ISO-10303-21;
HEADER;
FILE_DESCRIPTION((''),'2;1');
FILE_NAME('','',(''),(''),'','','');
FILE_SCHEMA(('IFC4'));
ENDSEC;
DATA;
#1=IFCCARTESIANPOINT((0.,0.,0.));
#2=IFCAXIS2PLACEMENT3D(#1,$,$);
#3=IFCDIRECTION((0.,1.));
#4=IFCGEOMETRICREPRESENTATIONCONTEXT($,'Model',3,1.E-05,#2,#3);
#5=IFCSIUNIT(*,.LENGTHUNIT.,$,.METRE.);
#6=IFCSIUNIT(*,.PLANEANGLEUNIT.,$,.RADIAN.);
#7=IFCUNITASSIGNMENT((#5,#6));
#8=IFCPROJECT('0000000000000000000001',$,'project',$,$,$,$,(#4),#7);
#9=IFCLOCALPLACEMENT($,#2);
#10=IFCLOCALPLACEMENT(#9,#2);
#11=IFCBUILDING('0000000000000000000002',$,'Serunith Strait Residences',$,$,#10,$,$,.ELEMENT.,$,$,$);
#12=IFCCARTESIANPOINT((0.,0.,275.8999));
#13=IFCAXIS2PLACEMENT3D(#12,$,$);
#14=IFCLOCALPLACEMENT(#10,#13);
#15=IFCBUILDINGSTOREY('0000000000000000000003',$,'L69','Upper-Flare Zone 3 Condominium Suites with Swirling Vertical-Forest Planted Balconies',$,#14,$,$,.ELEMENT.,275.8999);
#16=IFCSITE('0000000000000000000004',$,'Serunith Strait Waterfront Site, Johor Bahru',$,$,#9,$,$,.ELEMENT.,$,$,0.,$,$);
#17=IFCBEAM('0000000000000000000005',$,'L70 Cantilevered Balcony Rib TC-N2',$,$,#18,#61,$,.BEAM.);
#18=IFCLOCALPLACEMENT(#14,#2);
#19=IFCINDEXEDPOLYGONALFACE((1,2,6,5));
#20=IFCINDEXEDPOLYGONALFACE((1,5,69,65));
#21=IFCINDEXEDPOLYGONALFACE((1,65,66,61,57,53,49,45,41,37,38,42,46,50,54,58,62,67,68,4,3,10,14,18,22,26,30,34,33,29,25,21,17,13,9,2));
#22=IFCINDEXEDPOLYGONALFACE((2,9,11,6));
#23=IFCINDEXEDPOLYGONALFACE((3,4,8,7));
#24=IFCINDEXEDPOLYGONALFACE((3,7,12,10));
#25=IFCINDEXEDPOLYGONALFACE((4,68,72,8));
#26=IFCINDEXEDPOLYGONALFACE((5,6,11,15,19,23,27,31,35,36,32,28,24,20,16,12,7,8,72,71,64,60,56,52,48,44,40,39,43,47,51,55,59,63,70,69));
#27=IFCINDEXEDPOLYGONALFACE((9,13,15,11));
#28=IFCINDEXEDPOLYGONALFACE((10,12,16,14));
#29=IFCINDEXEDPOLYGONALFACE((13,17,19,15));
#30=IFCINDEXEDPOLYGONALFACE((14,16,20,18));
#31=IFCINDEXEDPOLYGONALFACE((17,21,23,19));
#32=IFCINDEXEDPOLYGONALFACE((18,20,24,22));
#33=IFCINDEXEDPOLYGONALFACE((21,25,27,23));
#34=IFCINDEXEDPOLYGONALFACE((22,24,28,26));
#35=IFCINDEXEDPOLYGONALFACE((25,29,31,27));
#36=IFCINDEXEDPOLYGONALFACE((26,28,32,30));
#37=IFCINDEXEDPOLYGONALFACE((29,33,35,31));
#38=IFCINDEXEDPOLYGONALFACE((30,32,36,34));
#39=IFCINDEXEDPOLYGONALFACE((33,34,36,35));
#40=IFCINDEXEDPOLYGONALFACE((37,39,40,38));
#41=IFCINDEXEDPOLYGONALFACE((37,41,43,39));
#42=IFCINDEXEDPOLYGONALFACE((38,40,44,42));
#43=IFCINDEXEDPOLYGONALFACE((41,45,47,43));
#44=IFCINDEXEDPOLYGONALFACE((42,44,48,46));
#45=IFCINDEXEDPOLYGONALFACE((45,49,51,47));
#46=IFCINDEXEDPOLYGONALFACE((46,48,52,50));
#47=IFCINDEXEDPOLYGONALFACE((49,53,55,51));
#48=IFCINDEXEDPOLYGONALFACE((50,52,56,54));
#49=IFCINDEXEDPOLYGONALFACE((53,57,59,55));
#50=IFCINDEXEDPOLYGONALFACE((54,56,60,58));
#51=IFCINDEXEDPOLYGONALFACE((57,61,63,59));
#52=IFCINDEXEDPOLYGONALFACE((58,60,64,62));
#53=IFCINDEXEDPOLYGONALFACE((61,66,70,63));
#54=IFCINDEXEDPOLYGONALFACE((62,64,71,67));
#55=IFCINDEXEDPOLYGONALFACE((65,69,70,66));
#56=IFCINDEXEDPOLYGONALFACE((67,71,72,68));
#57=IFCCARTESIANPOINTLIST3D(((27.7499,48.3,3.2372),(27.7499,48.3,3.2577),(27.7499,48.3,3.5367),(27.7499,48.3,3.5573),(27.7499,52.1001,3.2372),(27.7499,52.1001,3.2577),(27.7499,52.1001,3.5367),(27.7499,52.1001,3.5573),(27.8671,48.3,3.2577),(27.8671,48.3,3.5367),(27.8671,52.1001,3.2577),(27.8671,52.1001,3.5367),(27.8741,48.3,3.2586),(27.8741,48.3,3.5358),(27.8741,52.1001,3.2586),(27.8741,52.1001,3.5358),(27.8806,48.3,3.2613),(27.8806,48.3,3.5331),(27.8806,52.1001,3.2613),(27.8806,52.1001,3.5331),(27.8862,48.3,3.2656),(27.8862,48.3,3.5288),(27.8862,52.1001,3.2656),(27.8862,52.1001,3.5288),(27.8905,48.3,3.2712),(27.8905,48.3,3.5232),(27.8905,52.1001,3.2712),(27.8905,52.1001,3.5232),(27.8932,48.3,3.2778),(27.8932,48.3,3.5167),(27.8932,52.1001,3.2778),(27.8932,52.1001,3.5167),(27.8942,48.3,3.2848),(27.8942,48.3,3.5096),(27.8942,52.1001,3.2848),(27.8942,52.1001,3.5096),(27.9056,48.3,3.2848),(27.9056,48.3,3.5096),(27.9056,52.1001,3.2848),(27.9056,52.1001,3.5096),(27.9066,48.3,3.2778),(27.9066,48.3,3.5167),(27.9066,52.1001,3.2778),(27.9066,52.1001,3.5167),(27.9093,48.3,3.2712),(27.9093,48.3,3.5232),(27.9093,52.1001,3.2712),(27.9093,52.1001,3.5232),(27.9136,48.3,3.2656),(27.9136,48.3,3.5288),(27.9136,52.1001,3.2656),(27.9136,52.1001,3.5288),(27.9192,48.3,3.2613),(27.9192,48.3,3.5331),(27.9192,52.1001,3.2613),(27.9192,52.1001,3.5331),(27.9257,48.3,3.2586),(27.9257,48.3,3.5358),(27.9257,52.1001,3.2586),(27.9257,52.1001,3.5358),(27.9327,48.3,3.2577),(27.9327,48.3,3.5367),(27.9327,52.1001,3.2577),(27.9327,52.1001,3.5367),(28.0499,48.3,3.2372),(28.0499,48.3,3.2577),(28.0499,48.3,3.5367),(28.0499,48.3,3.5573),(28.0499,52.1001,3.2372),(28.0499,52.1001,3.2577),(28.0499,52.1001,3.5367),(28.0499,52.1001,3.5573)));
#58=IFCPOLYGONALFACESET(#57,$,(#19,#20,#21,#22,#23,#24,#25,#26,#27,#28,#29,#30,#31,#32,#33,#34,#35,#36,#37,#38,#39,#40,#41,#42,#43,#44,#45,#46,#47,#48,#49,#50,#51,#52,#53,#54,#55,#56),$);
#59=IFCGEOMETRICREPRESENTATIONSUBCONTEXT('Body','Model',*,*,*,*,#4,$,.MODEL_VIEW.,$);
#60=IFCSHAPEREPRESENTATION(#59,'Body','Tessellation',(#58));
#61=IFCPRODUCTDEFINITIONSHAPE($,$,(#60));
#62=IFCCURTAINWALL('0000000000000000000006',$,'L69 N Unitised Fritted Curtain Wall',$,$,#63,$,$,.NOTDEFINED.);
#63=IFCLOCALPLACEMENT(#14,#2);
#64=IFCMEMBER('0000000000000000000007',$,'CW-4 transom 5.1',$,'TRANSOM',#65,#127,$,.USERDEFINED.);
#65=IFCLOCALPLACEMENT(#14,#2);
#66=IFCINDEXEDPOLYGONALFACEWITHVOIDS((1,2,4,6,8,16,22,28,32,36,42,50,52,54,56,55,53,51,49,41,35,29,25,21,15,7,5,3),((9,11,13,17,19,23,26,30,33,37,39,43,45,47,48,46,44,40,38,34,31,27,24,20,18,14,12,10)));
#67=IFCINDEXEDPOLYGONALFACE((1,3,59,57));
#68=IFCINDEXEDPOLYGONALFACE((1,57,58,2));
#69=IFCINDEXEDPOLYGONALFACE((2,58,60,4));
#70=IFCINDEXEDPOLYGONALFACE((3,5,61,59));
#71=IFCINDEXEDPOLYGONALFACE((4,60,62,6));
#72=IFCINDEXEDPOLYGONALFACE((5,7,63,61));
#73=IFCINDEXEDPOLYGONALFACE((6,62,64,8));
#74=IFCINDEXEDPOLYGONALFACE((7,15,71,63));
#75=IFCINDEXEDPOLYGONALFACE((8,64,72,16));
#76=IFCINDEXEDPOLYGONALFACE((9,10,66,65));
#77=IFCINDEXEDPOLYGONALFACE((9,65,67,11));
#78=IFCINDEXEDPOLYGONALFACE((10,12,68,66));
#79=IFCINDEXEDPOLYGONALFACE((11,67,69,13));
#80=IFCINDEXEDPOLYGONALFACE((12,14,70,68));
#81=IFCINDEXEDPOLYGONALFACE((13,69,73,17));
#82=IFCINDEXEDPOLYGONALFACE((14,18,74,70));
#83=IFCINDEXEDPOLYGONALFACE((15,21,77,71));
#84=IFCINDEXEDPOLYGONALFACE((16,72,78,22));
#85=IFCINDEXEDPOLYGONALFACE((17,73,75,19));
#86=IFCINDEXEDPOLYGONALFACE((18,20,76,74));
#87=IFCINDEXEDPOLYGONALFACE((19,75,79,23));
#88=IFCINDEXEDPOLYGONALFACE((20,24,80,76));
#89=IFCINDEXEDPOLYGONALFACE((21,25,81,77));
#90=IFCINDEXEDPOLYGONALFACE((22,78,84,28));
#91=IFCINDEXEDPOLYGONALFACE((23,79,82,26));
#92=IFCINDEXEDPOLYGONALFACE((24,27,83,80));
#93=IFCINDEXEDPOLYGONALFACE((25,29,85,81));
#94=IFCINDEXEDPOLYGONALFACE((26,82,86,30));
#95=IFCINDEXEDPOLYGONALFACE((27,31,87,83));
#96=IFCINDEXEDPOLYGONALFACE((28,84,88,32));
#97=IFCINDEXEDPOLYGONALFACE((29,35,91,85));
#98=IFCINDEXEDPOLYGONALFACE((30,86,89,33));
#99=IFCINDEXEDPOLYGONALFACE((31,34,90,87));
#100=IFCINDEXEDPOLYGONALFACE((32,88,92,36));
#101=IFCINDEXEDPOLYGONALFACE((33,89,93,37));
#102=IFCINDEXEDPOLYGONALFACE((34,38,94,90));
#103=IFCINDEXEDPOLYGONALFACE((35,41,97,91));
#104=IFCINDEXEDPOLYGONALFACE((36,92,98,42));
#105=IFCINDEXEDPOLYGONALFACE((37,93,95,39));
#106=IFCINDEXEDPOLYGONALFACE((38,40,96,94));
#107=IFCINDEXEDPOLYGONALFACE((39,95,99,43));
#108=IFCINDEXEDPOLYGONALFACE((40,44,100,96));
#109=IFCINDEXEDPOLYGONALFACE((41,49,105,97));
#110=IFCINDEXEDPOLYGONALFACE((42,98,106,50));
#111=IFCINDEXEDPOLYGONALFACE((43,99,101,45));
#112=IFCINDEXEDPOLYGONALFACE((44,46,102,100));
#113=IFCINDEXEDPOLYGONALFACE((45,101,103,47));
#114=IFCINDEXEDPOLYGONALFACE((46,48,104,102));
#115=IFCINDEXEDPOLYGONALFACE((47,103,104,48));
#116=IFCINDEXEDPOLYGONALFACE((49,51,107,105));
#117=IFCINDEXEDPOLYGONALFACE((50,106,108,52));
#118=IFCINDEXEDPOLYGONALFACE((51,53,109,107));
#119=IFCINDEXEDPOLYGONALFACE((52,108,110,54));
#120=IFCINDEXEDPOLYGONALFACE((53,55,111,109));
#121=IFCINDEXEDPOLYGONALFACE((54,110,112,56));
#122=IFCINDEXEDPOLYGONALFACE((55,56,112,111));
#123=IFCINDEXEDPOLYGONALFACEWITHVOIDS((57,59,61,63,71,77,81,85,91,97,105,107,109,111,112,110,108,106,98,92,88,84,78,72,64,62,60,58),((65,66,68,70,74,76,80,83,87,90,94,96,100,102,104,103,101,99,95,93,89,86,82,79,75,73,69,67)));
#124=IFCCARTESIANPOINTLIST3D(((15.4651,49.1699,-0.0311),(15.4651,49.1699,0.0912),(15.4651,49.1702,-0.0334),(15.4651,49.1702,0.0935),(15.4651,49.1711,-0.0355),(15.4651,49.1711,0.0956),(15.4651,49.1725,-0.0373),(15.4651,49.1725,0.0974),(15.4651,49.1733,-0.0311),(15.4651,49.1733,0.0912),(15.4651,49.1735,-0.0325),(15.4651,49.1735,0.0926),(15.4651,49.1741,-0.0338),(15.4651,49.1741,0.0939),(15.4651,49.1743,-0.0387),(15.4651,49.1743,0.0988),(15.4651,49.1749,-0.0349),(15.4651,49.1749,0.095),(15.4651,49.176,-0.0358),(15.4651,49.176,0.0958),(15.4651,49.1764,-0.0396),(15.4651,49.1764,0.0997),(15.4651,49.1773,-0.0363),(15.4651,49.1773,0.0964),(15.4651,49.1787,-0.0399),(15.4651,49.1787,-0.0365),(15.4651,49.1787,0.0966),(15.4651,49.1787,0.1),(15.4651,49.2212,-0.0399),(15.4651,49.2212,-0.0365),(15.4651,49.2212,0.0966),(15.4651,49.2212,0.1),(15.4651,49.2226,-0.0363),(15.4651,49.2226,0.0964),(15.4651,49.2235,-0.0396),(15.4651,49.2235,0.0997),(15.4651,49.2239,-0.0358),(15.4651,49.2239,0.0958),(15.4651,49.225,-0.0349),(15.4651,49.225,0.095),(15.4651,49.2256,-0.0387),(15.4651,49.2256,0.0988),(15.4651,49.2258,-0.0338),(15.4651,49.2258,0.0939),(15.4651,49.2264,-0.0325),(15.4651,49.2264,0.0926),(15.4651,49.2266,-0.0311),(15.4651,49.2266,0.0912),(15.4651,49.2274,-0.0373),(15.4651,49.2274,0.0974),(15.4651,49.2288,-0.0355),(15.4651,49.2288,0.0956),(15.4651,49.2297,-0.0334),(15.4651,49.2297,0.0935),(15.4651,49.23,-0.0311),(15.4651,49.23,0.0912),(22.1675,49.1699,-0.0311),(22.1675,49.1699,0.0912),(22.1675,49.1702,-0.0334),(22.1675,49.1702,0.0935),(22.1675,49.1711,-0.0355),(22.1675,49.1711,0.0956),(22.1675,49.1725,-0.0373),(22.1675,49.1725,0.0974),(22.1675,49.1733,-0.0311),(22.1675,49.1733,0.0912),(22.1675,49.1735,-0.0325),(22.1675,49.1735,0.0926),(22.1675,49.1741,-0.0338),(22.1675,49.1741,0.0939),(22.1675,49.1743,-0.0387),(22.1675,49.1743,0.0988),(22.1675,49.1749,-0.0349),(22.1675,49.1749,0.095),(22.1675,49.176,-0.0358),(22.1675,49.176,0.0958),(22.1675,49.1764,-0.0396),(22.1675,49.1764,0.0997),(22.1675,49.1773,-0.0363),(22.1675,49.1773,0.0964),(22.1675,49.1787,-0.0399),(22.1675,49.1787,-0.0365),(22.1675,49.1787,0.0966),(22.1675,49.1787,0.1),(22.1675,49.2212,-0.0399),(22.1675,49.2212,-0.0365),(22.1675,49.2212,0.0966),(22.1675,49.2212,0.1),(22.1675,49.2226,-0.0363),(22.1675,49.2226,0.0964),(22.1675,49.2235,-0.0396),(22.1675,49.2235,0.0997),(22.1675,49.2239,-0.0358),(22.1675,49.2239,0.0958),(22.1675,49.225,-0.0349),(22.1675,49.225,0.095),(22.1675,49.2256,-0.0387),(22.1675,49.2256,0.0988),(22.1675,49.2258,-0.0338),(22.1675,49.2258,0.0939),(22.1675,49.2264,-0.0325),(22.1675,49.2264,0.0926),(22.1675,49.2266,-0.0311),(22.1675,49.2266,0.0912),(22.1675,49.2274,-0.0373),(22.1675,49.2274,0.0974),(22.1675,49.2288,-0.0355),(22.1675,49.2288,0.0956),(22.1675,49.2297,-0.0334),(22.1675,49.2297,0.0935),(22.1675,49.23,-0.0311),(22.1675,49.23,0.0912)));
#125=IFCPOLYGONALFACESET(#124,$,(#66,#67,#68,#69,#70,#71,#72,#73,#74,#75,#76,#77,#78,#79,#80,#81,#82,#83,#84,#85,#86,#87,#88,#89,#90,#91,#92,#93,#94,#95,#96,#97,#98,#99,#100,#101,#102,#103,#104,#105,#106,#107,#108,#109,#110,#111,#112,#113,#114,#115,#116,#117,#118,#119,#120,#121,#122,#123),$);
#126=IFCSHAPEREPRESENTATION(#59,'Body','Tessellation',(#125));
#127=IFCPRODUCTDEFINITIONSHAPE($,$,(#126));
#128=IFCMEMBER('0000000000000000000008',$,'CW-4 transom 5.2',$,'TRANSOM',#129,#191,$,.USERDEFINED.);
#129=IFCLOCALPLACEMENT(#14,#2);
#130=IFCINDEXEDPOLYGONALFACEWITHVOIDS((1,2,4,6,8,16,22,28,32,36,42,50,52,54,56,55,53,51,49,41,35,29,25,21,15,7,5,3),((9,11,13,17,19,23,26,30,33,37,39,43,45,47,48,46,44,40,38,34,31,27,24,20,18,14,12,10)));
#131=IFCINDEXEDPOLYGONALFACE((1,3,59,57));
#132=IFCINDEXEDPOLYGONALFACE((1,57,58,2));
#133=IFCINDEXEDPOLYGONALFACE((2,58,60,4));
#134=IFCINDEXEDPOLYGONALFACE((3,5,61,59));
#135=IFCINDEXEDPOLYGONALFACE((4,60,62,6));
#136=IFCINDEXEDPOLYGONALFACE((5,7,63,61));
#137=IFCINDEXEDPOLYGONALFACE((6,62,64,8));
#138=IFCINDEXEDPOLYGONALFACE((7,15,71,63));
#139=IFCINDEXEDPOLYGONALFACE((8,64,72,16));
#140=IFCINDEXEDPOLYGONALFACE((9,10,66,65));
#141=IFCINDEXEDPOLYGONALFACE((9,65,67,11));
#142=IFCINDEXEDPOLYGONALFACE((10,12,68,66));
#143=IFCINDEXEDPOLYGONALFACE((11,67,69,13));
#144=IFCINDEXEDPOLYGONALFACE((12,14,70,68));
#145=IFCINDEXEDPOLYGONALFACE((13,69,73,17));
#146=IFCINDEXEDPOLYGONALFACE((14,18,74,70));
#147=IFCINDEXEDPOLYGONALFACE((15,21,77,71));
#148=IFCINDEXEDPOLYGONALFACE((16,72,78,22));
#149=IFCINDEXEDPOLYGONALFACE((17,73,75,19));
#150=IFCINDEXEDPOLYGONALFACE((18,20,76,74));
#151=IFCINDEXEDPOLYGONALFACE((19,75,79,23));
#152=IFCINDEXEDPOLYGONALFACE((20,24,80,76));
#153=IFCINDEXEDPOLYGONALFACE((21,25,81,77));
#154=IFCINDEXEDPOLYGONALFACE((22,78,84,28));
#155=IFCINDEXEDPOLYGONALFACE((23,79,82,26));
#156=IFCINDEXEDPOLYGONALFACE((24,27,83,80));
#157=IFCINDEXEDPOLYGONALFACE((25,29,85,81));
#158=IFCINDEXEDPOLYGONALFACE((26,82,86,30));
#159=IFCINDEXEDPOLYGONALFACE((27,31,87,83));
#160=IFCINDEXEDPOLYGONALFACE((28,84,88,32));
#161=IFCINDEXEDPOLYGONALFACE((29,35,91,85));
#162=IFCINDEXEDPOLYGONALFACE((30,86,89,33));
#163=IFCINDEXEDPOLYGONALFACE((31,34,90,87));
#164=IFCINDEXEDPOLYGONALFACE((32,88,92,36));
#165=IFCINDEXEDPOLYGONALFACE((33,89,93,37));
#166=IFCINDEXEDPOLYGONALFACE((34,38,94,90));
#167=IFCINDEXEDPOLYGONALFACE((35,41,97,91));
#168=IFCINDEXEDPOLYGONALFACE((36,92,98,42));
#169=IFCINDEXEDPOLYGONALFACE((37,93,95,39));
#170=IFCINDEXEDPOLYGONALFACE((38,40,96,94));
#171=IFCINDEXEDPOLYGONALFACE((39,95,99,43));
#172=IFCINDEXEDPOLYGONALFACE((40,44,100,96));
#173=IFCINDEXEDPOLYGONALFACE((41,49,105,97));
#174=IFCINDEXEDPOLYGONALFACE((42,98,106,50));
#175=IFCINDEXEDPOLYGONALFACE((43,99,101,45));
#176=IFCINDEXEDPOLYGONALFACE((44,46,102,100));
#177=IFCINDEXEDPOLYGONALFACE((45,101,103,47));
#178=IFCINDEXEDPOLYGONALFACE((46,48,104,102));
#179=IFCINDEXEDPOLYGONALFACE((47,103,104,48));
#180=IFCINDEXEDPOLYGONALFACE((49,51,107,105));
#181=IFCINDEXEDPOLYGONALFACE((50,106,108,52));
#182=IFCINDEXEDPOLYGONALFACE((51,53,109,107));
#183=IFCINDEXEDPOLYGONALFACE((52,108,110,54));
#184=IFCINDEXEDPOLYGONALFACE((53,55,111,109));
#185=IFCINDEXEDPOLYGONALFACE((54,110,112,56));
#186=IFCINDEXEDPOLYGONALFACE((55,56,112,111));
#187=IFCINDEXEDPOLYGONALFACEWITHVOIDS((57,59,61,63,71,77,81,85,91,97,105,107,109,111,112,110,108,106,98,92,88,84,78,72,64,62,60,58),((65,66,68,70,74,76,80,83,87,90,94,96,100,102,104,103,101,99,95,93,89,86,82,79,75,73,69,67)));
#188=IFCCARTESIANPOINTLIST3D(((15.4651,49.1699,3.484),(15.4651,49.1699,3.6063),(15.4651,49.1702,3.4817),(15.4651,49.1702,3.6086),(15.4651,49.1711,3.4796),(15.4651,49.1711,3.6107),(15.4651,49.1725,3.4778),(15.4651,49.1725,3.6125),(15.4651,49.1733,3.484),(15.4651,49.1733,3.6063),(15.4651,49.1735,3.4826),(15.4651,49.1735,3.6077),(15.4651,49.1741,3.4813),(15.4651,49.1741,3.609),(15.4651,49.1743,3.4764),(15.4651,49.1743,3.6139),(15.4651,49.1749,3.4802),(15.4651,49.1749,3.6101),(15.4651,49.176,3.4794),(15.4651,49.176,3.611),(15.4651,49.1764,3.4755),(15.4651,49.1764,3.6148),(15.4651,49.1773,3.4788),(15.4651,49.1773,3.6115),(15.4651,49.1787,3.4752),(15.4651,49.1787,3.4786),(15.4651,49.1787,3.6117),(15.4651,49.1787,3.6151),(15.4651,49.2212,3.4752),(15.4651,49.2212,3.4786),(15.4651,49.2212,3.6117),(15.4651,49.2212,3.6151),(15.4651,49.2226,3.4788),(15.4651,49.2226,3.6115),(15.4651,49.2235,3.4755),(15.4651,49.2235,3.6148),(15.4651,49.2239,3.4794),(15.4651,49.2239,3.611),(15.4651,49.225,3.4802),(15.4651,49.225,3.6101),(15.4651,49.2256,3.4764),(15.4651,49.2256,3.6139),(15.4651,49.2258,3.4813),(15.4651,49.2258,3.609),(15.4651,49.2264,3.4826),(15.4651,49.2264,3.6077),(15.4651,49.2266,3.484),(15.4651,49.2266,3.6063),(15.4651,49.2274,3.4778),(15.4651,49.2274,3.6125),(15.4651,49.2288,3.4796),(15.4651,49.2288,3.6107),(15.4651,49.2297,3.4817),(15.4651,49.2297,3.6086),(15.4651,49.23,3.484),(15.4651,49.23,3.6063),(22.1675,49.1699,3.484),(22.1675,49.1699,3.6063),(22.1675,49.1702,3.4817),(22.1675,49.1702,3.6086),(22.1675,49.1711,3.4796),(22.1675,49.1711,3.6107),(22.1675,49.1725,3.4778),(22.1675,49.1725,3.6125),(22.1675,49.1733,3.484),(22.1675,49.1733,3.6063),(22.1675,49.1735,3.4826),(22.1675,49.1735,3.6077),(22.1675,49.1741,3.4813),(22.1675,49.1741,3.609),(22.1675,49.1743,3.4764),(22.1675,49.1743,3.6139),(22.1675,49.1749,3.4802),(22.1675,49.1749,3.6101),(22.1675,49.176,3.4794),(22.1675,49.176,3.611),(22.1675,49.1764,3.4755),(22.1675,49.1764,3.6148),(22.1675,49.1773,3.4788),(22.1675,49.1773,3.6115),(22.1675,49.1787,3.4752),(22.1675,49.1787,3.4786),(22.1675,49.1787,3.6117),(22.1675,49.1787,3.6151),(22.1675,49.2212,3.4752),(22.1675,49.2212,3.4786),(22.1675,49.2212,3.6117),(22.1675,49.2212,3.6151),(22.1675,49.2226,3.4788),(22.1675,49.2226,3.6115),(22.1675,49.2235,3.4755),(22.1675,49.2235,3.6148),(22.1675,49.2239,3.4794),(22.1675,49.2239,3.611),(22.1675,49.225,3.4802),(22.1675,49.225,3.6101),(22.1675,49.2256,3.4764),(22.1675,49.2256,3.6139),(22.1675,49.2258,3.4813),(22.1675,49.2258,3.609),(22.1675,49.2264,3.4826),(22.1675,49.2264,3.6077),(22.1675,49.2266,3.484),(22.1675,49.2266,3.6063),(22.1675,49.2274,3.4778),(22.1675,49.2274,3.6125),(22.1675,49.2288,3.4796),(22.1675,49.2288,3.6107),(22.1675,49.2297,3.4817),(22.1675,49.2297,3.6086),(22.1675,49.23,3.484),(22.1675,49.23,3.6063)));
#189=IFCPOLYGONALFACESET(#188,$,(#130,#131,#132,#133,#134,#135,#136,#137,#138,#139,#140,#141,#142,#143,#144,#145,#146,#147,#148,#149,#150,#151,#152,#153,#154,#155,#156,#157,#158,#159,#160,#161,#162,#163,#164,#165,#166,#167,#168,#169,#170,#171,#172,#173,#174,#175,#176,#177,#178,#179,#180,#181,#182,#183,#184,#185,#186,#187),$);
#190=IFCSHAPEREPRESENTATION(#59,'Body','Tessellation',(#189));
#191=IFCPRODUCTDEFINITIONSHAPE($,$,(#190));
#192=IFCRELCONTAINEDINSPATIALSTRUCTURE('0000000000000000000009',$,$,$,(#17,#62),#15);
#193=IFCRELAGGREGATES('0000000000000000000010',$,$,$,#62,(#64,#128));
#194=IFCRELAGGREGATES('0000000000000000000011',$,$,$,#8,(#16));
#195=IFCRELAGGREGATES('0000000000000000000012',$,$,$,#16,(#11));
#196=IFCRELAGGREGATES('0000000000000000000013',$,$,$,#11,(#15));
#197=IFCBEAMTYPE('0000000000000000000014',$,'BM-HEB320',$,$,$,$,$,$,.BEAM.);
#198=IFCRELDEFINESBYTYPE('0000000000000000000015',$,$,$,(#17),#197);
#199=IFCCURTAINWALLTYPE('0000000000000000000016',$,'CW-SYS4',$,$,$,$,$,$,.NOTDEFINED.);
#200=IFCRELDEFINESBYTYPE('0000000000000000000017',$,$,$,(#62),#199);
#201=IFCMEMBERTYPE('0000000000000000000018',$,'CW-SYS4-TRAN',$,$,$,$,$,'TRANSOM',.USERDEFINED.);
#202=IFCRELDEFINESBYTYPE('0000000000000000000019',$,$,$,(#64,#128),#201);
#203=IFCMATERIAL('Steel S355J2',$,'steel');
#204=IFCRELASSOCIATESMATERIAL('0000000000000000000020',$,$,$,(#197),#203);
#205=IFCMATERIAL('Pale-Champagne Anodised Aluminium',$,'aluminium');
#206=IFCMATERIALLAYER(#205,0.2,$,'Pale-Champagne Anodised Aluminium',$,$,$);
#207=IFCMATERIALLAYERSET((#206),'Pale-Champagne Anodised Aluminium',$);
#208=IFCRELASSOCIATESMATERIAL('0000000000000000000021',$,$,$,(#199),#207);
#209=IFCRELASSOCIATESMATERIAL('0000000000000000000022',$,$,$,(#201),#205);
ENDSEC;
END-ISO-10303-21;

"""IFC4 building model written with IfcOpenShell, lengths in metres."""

from ifc_helpers import new_model, si_unit, direction, frame, origin, origin_2d, place, context, subcontext, project, spatial, hollow_rectangle, i_section, extrude, source, transform, mapped, material, layer, layer_set, material_profile, profile_set, type_object, element, aggregate, save


model = new_model("IFC4")

# Units and contexts
model_context = context("Model", 3, precision=1e-05, world=origin(), true_north=direction((0.0, 1.0)))
body_context = subcontext(model_context, "Body", "Model", "MODEL_VIEW")
ifc_project = project(units=[si_unit("LENGTHUNIT", "METRE"), si_unit("PLANEANGLEUNIT", "RADIAN")], contexts=[model_context])

# Site, building, storey
site_placement = place(None, origin())
site = spatial("IfcSite", under=ifc_project, at=site_placement, Name="Serunith Strait Waterfront Site, Johor Bahru", CompositionType="ELEMENT", RefElevation=0.0)
building_placement = place(site_placement, origin())
building = spatial("IfcBuilding", under=site, at=building_placement, Name="Serunith Strait Residences", CompositionType="ELEMENT")
storey_placement = place(building_placement, frame((0.0, 0.0, 275.8999)))
storey = spatial("IfcBuildingStorey", under=building, at=storey_placement, Name="L69", Description="Upper-Flare Zone 3 Condominium Suites with Swirling Vertical-Forest Planted Balconies", CompositionType="ELEMENT", Elevation=275.8999)

# Beam
ifc_material_1 = material(Name="Steel S355J2", Category="steel")
ifc_material_profile_1 = material_profile(ifc_material_1, i_section(OverallWidth=0.3, OverallDepth=0.3201, WebThickness=0.0115, FlangeThickness=0.0205, FilletRadius=0.0271, at=origin_2d()), Name="HEB 320")
ifc_profile_set_1 = profile_set([ifc_material_profile_1], Name="Steel S355J2")
beam_type_1 = type_object("IfcBeamType", Name="BM-HEB320", PredefinedType="BEAM", material=ifc_profile_set_1)
shared_shape_1 = source(origin(), body_context, "Body", "SweptSolid", [
    extrude(i_section(OverallWidth=0.3, OverallDepth=0.3201, WebThickness=0.0115, FlangeThickness=0.0205, FilletRadius=0.0271, at=origin_2d()), origin(), (0.0, 0.0, 1.0), 3.8),
])
beam_1_placement = place(storey_placement, frame((27.8999, 48.3, 3.3972), z_axis=(0.0, 1.0, 0.0), x_axis=(-1.0, 0.0, 0.0)))
element("IfcBeam", 1, at=beam_1_placement, inside=storey, type_object=beam_type_1, Name="L70 Cantilevered Balcony Rib TC-N2", PredefinedType="BEAM", context=body_context, shape_type="MappedRepresentation", body=[
    mapped(shared_shape_1, transform((0.0, 0.0, 0.0), scale=1.0)),
])

# Curtain wall, members
ifc_material_2 = material(Name="Pale-Champagne Anodised Aluminium", Category="aluminium")
ifc_layer_1 = layer(ifc_material_2, 0.2, Name="Pale-Champagne Anodised Aluminium")
ifc_layer_set_1 = layer_set([ifc_layer_1], Name="Pale-Champagne Anodised Aluminium")
curtain_wall_type = type_object("IfcCurtainWallType", Name="CW-SYS4", PredefinedType="NOTDEFINED", material=ifc_layer_set_1)
curtain_wall_placement = place(storey_placement, origin())
curtain_wall = element("IfcCurtainWall", 2, at=curtain_wall_placement, inside=storey, type_object=curtain_wall_type, Name="L69 N Unitised Fritted Curtain Wall", PredefinedType="NOTDEFINED")
ifc_material_profile_2 = material_profile(ifc_material_2, hollow_rectangle(XDim=0.0601, YDim=0.1399, WallThickness=0.0034, InnerFilletRadius=0.0054, OuterFilletRadius=0.0088, at=origin_2d()), Name="ALU 140x60x3.5")
ifc_profile_set_2 = profile_set([ifc_material_profile_2], Name="Pale-Champagne Anodised Aluminium")
member_type_1 = type_object("IfcMemberType", Name="CW-SYS4-TRAN", ElementType="TRANSOM", PredefinedType="USERDEFINED", material=ifc_profile_set_2)
shared_shape_2 = source(origin(), body_context, "Body", "SweptSolid", [
    extrude(hollow_rectangle(XDim=0.0601, YDim=0.1399, WallThickness=0.0034, InnerFilletRadius=0.0054, OuterFilletRadius=0.0088, at=origin_2d()), origin(), (0.0, 0.0, 1.0), 6.7024),
])
member_1_placement = place(storey_placement, frame((22.1675, 49.2, 0.03), z_axis=(-1.0, 0.0, 0.0), x_axis=(0.0, -1.0, 0.0)))
member_1 = element("IfcMember", 3, at=member_1_placement, type_object=member_type_1, Name="CW-4 transom 5.1", ObjectType="TRANSOM", PredefinedType="USERDEFINED", context=body_context, shape_type="MappedRepresentation", body=[
    mapped(shared_shape_2, transform((0.0, 0.0, 0.0), scale=1.0)),
])
member_2_placement = place(storey_placement, frame((22.1675, 49.2, 3.5452), z_axis=(-1.0, 0.0, 0.0), x_axis=(0.0, -1.0, 0.0)))
member_2 = element("IfcMember", 4, at=member_2_placement, type_object=member_type_1, Name="CW-4 transom 5.2", ObjectType="TRANSOM", PredefinedType="USERDEFINED", context=body_context, shape_type="MappedRepresentation", body=[
    mapped(shared_shape_2, transform((0.0, 0.0, 0.0), scale=1.0)),
])
aggregate(curtain_wall, [member_1, member_2])

save(model, "model.ifc")
